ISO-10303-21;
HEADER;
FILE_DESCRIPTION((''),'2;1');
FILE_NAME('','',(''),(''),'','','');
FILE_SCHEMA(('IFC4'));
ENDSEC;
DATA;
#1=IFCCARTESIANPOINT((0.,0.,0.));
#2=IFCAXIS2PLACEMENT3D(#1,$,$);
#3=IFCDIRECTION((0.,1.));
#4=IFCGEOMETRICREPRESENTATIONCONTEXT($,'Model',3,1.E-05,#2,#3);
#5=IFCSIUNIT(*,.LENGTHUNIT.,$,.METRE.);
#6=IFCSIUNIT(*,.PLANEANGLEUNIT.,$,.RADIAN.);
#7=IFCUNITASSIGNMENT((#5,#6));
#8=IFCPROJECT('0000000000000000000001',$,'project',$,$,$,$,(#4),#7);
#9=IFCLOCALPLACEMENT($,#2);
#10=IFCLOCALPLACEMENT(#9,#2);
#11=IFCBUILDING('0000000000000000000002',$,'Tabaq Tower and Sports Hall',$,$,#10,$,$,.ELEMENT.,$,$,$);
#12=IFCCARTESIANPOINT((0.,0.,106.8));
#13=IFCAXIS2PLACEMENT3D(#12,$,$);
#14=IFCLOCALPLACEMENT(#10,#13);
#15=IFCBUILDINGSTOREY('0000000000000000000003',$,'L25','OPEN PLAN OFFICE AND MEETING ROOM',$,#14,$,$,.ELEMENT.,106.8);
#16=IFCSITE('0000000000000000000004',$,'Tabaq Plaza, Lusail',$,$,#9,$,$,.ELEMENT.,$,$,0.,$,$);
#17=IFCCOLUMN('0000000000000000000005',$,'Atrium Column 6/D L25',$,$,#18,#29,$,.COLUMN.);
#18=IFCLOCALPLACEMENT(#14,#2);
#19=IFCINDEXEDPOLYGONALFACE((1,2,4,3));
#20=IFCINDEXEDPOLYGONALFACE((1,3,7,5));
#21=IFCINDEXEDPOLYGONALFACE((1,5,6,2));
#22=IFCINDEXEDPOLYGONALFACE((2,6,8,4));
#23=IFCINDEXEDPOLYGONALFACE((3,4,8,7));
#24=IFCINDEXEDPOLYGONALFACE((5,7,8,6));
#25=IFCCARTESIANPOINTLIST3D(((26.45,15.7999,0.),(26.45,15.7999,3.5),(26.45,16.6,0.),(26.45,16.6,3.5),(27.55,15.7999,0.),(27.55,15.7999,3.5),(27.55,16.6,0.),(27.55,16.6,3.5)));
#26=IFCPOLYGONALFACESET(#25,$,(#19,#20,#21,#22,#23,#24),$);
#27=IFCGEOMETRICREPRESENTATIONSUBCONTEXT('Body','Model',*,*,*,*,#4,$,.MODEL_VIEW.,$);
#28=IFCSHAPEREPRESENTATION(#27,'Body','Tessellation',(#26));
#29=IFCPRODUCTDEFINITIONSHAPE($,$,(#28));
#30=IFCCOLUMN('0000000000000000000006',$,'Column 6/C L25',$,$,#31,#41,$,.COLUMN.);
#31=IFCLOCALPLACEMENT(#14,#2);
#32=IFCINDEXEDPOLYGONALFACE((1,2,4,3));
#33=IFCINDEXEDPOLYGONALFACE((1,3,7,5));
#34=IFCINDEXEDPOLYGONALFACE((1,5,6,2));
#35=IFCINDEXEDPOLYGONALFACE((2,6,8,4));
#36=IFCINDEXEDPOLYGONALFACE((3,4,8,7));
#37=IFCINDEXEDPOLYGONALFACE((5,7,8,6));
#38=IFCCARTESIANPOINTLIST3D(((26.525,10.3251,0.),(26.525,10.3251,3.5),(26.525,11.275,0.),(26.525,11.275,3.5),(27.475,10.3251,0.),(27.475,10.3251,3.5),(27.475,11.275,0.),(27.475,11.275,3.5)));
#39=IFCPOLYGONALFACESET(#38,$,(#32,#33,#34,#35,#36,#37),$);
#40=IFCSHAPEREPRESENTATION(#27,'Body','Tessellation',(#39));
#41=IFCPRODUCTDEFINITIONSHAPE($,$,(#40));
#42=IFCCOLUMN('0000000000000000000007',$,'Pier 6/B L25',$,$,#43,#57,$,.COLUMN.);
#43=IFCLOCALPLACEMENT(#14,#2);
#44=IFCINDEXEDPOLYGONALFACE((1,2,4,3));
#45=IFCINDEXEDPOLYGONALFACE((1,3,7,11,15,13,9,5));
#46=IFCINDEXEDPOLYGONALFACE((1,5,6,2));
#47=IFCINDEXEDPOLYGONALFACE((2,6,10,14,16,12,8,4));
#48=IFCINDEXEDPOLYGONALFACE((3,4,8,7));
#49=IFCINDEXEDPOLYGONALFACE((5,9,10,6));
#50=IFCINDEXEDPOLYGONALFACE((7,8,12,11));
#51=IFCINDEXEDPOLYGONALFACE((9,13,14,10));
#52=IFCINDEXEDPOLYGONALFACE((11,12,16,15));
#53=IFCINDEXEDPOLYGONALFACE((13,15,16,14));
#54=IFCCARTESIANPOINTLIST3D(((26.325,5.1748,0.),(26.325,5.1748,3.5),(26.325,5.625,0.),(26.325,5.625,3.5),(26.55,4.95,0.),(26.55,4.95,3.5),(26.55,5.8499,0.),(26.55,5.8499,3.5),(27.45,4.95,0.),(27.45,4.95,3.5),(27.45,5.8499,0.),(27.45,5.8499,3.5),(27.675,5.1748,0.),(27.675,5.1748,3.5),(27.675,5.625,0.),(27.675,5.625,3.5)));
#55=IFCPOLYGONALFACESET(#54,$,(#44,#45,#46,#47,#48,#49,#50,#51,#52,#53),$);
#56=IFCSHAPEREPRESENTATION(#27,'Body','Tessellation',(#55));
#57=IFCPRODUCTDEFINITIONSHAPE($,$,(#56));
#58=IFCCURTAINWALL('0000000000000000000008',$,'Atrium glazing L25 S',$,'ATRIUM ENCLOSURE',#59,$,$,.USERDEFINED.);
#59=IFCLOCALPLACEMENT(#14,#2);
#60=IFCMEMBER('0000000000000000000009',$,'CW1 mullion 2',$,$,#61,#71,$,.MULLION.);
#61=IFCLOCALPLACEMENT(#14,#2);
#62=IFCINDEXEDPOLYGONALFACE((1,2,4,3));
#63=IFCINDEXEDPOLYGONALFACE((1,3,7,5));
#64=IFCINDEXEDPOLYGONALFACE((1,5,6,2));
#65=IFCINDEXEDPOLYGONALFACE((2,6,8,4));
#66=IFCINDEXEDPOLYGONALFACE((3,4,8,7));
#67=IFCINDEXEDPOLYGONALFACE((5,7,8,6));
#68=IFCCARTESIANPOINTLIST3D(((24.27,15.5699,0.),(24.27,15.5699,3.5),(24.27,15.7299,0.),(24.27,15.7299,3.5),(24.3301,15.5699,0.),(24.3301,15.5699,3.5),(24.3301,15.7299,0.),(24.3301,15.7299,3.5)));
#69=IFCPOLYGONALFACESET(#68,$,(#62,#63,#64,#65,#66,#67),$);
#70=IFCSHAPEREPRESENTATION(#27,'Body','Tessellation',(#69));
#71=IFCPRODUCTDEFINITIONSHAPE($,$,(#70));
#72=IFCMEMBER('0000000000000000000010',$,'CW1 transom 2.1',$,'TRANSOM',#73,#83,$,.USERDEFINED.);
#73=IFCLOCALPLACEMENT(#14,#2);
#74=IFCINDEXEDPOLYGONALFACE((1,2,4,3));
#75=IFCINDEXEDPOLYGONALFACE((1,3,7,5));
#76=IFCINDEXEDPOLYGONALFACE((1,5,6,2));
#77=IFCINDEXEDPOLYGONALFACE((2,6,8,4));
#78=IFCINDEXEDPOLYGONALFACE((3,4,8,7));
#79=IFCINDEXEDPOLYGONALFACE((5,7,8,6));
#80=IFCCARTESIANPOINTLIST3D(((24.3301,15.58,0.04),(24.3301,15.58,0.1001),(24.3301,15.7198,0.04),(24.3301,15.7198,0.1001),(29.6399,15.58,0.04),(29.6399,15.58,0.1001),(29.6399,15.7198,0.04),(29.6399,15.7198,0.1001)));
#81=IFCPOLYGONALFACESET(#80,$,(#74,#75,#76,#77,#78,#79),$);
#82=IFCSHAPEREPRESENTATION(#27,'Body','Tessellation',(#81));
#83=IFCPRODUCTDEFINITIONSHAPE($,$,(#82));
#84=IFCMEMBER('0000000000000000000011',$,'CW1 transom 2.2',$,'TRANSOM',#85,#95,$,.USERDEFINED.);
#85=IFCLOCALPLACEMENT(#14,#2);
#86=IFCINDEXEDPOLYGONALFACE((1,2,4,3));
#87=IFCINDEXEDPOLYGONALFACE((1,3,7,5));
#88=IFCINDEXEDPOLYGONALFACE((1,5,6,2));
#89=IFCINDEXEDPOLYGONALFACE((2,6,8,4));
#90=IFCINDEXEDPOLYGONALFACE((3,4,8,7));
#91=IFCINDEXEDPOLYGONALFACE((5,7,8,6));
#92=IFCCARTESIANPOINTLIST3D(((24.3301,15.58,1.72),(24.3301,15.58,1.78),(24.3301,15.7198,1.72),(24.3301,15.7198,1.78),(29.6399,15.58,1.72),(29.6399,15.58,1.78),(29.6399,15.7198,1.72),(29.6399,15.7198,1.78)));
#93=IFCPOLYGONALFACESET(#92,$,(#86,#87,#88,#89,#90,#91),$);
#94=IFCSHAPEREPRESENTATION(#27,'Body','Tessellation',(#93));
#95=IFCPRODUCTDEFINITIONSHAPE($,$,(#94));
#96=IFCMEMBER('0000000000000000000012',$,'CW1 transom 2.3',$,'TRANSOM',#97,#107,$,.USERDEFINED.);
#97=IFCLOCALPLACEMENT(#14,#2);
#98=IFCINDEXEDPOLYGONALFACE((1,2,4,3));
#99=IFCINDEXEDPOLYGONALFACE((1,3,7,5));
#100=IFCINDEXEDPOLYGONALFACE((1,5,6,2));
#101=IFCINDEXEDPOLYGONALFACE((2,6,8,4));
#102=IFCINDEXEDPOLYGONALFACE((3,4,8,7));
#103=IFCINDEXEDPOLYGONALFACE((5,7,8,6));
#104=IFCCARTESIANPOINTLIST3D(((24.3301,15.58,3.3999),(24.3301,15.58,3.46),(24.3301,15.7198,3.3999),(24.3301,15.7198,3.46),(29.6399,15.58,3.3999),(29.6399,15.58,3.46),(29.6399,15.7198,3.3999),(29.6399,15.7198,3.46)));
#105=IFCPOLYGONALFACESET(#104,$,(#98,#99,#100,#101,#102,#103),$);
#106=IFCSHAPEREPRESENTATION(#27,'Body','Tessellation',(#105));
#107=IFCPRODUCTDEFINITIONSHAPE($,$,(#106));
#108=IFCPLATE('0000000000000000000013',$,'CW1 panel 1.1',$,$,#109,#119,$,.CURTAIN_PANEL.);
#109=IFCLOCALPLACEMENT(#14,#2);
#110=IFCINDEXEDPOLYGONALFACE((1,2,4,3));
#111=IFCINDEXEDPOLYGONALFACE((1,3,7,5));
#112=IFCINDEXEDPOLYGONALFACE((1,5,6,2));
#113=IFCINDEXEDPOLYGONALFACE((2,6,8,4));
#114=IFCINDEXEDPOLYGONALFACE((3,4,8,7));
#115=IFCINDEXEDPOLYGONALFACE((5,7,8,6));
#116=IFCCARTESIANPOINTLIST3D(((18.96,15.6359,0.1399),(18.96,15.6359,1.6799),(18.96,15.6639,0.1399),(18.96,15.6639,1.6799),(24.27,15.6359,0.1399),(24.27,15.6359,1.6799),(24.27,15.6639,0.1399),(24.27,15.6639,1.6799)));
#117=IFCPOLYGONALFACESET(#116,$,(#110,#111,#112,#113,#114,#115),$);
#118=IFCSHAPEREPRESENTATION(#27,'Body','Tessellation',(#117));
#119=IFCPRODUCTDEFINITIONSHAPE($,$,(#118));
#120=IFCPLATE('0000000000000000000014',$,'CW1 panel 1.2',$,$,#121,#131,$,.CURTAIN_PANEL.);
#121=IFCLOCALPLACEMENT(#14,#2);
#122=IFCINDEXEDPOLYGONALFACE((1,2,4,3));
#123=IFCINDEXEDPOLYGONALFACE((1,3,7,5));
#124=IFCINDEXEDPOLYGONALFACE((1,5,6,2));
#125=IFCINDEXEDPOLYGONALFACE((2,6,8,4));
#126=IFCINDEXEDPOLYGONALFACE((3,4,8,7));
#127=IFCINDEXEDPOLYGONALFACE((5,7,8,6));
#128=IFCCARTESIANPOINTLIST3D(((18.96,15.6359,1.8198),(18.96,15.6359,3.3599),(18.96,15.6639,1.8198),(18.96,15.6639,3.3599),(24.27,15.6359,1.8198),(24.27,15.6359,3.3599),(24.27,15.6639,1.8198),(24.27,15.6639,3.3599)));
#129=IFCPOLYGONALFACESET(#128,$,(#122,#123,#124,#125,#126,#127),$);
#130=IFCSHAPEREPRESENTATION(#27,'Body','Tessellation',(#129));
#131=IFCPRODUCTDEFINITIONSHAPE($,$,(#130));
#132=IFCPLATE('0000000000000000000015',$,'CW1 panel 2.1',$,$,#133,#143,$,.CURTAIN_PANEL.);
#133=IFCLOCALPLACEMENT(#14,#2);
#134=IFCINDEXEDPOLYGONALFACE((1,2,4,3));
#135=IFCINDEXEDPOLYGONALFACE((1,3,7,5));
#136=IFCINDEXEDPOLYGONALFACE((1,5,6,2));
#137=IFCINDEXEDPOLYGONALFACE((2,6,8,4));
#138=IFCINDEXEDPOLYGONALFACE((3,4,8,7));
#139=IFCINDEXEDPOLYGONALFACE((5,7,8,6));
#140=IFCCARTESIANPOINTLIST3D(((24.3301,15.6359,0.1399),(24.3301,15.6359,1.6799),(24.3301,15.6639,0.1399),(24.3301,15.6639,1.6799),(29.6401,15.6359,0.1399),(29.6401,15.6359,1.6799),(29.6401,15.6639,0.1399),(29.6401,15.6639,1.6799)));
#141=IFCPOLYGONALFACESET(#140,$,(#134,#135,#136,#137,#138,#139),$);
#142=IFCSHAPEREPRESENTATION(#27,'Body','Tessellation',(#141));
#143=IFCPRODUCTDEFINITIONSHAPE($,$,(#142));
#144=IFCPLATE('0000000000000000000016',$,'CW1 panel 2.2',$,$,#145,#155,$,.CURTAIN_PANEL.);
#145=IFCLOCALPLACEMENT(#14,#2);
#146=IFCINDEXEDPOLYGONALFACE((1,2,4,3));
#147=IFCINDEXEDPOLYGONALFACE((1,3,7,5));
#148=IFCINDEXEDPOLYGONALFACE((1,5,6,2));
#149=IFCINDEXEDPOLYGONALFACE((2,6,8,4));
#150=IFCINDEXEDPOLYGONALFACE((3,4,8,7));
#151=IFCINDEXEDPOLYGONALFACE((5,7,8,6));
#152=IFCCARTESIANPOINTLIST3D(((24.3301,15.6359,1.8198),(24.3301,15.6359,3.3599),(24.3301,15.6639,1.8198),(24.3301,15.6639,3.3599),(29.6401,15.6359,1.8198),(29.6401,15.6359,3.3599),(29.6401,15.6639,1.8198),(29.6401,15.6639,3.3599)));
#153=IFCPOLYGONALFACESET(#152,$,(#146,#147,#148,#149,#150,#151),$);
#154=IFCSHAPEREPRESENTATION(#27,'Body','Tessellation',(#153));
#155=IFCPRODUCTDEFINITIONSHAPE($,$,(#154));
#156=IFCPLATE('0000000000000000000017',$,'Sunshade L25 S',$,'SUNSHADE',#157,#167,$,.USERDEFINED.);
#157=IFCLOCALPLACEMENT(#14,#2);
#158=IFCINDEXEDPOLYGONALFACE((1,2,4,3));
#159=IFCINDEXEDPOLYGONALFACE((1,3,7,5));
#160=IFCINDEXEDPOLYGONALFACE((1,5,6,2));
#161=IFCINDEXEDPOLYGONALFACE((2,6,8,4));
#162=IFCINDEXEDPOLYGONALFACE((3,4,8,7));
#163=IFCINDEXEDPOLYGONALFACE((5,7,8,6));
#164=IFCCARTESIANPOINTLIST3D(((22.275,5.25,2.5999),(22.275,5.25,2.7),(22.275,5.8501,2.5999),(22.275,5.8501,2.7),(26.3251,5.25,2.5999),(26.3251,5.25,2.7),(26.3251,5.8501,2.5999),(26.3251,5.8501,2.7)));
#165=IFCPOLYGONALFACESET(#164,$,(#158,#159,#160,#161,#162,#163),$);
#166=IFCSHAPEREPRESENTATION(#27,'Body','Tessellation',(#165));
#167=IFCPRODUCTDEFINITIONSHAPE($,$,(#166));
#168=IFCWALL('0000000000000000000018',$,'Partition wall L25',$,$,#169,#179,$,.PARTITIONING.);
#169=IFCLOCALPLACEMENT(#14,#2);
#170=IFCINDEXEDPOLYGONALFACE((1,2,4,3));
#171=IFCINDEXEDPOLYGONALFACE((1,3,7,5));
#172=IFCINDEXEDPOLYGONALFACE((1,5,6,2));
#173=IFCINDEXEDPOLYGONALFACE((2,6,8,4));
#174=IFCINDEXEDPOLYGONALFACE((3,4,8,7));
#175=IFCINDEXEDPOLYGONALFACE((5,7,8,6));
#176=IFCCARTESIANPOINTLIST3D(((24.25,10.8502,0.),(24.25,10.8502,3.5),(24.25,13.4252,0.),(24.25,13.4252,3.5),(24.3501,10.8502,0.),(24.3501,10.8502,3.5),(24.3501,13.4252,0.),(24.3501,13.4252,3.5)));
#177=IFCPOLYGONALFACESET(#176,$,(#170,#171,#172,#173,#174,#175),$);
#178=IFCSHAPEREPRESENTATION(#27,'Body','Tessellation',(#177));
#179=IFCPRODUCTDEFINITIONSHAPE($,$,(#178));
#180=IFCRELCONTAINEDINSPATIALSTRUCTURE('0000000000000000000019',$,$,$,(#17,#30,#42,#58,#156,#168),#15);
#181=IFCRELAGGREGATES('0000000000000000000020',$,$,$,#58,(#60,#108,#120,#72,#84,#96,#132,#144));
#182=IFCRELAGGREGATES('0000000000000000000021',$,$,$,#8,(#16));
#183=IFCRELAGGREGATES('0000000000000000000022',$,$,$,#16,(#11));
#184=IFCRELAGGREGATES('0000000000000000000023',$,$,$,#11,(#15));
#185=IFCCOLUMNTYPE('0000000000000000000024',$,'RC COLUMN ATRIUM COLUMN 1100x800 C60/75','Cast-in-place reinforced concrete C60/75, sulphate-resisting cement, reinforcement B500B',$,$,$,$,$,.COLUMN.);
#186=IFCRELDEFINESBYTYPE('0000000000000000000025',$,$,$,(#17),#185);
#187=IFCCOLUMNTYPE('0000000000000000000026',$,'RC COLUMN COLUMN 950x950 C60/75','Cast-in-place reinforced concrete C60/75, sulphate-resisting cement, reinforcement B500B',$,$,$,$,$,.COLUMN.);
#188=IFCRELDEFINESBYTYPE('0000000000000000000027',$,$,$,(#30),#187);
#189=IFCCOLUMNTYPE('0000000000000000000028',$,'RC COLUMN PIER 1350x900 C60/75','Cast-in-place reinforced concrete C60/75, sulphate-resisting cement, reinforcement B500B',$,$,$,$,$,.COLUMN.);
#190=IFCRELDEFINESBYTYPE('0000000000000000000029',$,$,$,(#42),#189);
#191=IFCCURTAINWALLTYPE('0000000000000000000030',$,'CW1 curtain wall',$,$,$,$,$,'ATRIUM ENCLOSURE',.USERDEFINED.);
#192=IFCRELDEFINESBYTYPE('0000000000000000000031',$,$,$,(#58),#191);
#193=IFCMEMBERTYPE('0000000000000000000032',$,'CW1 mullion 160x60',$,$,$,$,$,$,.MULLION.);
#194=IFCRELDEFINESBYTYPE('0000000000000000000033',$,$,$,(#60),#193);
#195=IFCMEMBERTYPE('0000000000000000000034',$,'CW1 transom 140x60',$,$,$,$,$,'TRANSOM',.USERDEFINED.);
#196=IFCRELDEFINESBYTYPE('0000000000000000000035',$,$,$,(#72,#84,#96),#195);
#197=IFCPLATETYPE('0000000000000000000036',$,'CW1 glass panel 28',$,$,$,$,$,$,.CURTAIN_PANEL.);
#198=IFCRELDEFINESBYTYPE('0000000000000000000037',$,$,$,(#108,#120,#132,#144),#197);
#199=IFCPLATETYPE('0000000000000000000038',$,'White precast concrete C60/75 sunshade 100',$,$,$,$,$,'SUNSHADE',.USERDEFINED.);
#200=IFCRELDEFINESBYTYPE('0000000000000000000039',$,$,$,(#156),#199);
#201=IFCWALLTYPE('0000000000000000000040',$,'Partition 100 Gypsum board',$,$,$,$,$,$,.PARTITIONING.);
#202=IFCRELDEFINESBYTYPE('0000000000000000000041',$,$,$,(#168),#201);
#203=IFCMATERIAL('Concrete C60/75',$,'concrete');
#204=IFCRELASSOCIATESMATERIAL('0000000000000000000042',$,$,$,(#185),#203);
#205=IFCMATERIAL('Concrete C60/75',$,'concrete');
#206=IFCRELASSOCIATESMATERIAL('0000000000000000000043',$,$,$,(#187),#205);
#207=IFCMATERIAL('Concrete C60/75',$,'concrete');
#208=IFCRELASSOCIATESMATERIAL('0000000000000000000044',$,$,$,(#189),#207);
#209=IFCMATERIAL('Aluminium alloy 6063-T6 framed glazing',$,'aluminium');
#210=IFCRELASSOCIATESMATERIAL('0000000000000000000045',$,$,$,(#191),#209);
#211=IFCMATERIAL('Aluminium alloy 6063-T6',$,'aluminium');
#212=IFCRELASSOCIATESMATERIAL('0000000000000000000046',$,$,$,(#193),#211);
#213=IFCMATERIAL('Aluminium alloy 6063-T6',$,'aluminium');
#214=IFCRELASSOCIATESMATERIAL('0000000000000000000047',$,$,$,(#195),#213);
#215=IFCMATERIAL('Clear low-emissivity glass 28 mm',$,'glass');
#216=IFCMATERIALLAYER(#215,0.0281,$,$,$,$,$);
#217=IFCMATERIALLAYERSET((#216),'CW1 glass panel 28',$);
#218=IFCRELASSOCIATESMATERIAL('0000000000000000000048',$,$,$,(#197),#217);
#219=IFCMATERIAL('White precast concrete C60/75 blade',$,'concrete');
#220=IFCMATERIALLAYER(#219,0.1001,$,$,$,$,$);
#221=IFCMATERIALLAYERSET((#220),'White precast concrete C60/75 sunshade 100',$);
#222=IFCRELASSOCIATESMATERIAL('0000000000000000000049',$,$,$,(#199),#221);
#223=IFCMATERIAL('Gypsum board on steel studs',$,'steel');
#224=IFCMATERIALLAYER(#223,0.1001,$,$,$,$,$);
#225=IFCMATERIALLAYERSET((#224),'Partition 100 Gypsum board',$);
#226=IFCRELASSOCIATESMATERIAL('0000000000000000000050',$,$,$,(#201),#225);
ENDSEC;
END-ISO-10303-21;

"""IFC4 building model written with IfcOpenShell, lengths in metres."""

from ifc_helpers import new_model, si_unit, direction, frame, frame_2d, origin, origin_2d, place, context, subcontext, project, spatial, polyline, rectangle, outline, extrude, material, layer, layer_set, material_profile, profile_set, type_object, element, aggregate, save


model = new_model("IFC4")

# Units and contexts
model_context = context("Model", 3, precision=1e-05, world=origin(), true_north=direction((0.0, 1.0)))
body_context = subcontext(model_context, "Body", "Model", "MODEL_VIEW")
ifc_project = project(units=[si_unit("LENGTHUNIT", "METRE"), si_unit("PLANEANGLEUNIT", "RADIAN")], contexts=[model_context])

# Site, building, storey
site_placement = place(None, origin())
site = spatial("IfcSite", under=ifc_project, at=site_placement, Name="Tabaq Plaza, Lusail", CompositionType="ELEMENT", RefElevation=0.0)
building_placement = place(site_placement, origin())
building = spatial("IfcBuilding", under=site, at=building_placement, Name="Tabaq Tower and Sports Hall", CompositionType="ELEMENT")
storey_placement = place(building_placement, frame((0.0, 0.0, 106.8)))
storey = spatial("IfcBuildingStorey", under=building, at=storey_placement, Name="L25", Description="OPEN PLAN OFFICE AND MEETING ROOM", CompositionType="ELEMENT", Elevation=106.8)

# Columns
ifc_material_1 = material(Name="Concrete C60/75", Category="concrete")
ifc_material_profile_1 = material_profile(ifc_material_1, rectangle(XDim=1.1001, YDim=0.8, at=origin_2d()), Name="ATRIUM COLUMN 1100x800")
ifc_profile_set_1 = profile_set([ifc_material_profile_1], Name="Concrete C60/75")
column_type_1 = type_object("IfcColumnType", Name="RC COLUMN ATRIUM COLUMN 1100x800 C60/75", Description="Cast-in-place reinforced concrete C60/75, sulphate-resisting cement, reinforcement B500B", PredefinedType="COLUMN", material=ifc_profile_set_1)
column_1_placement = place(storey_placement, frame((27.0, 16.2, 0.0), z_axis=(0.0, 0.0, 1.0), x_axis=(1.0, 0.0, 0.0)))
element("IfcColumn", 1, at=column_1_placement, inside=storey, type_object=column_type_1, Name="Atrium Column 6/D L25", PredefinedType="COLUMN", context=body_context, shape_type="SweptSolid", body=[
    extrude(rectangle(XDim=1.1001, YDim=0.8, at=origin_2d()), origin(), (0.0, 0.0, 1.0), 3.5),
])
ifc_material_2 = material(Name="Concrete C60/75", Category="concrete")
ifc_material_profile_2 = material_profile(ifc_material_2, rectangle(XDim=0.95, YDim=0.95, at=origin_2d()), Name="COLUMN 950x950")
ifc_profile_set_2 = profile_set([ifc_material_profile_2], Name="Concrete C60/75")
column_type_2 = type_object("IfcColumnType", Name="RC COLUMN COLUMN 950x950 C60/75", Description="Cast-in-place reinforced concrete C60/75, sulphate-resisting cement, reinforcement B500B", PredefinedType="COLUMN", material=ifc_profile_set_2)
column_2_placement = place(storey_placement, frame((27.0, 10.8, 0.0), z_axis=(0.0, 0.0, 1.0), x_axis=(1.0, 0.0, 0.0)))
element("IfcColumn", 2, at=column_2_placement, inside=storey, type_object=column_type_2, Name="Column 6/C L25", PredefinedType="COLUMN", context=body_context, shape_type="SweptSolid", body=[
    extrude(rectangle(XDim=0.95, YDim=0.95, at=origin_2d()), origin(), (0.0, 0.0, 1.0), 3.5),
])
ifc_material_3 = material(Name="Concrete C60/75", Category="concrete")
ifc_material_profile_3 = material_profile(ifc_material_3, outline(polyline([(-0.45, -0.45), (0.45, -0.45), (0.675, -0.2251), (0.675, 0.2251), (0.45, 0.45), (-0.45, 0.45), (-0.675, 0.2251), (-0.675, -0.2251), (-0.45, -0.45)])), Name="PIER 1350x900")
ifc_profile_set_3 = profile_set([ifc_material_profile_3], Name="Concrete C60/75")
column_type_3 = type_object("IfcColumnType", Name="RC COLUMN PIER 1350x900 C60/75", Description="Cast-in-place reinforced concrete C60/75, sulphate-resisting cement, reinforcement B500B", PredefinedType="COLUMN", material=ifc_profile_set_3)
column_3_placement = place(storey_placement, frame((27.0, 5.3999, 0.0), z_axis=(0.0, 0.0, 1.0), x_axis=(1.0, 0.0, 0.0)))
element("IfcColumn", 3, at=column_3_placement, inside=storey, type_object=column_type_3, Name="Pier 6/B L25", PredefinedType="COLUMN", context=body_context, shape_type="SweptSolid", body=[
    extrude(outline(polyline([(-0.45, -0.45), (0.45, -0.45), (0.675, -0.2251), (0.675, 0.2251), (0.45, 0.45), (-0.45, 0.45), (-0.675, 0.2251), (-0.675, -0.2251), (-0.45, -0.45)])), origin(), (0.0, 0.0, 1.0), 3.5),
])

# Curtain wall, members, plates
ifc_material_4 = material(Name="Aluminium alloy 6063-T6 framed glazing", Category="aluminium")
curtain_wall_type = type_object("IfcCurtainWallType", Name="CW1 curtain wall", ElementType="ATRIUM ENCLOSURE", PredefinedType="USERDEFINED", material=ifc_material_4)
curtain_wall_placement = place(storey_placement, origin())
curtain_wall = element("IfcCurtainWall", 4, at=curtain_wall_placement, inside=storey, type_object=curtain_wall_type, Name="Atrium glazing L25 S", ObjectType="ATRIUM ENCLOSURE", PredefinedType="USERDEFINED")
ifc_material_5 = material(Name="Aluminium alloy 6063-T6", Category="aluminium")
ifc_material_profile_4 = material_profile(ifc_material_5, rectangle(XDim=0.1599, YDim=0.0601, at=origin_2d()), Name="MULLION 160x60")
ifc_profile_set_4 = profile_set([ifc_material_profile_4], Name="Aluminium alloy 6063-T6")
member_type_1 = type_object("IfcMemberType", Name="CW1 mullion 160x60", PredefinedType="MULLION", material=ifc_profile_set_4)
member_1_placement = place(storey_placement, frame((24.3, 15.6499, 0.0), z_axis=(0.0, 0.0, 1.0), x_axis=(0.0, 1.0, 0.0)))
member_1 = element("IfcMember", 5, at=member_1_placement, type_object=member_type_1, Name="CW1 mullion 2", PredefinedType="MULLION", context=body_context, shape_type="SweptSolid", body=[
    extrude(rectangle(XDim=0.1599, YDim=0.0601, at=origin_2d()), origin(), (0.0, 0.0, 1.0), 3.5),
])
ifc_material_6 = material(Name="Aluminium alloy 6063-T6", Category="aluminium")
ifc_material_profile_5 = material_profile(ifc_material_6, rectangle(XDim=0.1399, YDim=0.0601, at=origin_2d()), Name="TRANSOM 140x60")
ifc_profile_set_5 = profile_set([ifc_material_profile_5], Name="Aluminium alloy 6063-T6")
member_type_2 = type_object("IfcMemberType", Name="CW1 transom 140x60", ElementType="TRANSOM", PredefinedType="USERDEFINED", material=ifc_profile_set_5)
member_2_placement = place(storey_placement, frame((24.3301, 15.6499, 0.0701), z_axis=(1.0, 0.0, 0.0), x_axis=(0.0, 1.0, 0.0)))
member_2 = element("IfcMember", 6, at=member_2_placement, type_object=member_type_2, Name="CW1 transom 2.1", ObjectType="TRANSOM", PredefinedType="USERDEFINED", context=body_context, shape_type="SweptSolid", body=[
    extrude(rectangle(XDim=0.1399, YDim=0.0601, at=origin_2d()), origin(), (0.0, 0.0, 1.0), 5.3098),
])
member_3_placement = place(storey_placement, frame((24.3301, 15.6499, 1.75), z_axis=(1.0, 0.0, 0.0), x_axis=(0.0, 1.0, 0.0)))
member_3 = element("IfcMember", 7, at=member_3_placement, type_object=member_type_2, Name="CW1 transom 2.2", ObjectType="TRANSOM", PredefinedType="USERDEFINED", context=body_context, shape_type="SweptSolid", body=[
    extrude(rectangle(XDim=0.1399, YDim=0.0601, at=origin_2d()), origin(), (0.0, 0.0, 1.0), 5.3098),
])
member_4_placement = place(storey_placement, frame((24.3301, 15.6499, 3.4299), z_axis=(1.0, 0.0, 0.0), x_axis=(0.0, 1.0, 0.0)))
member_4 = element("IfcMember", 8, at=member_4_placement, type_object=member_type_2, Name="CW1 transom 2.3", ObjectType="TRANSOM", PredefinedType="USERDEFINED", context=body_context, shape_type="SweptSolid", body=[
    extrude(rectangle(XDim=0.1399, YDim=0.0601, at=origin_2d()), origin(), (0.0, 0.0, 1.0), 5.3098),
])
ifc_material_7 = material(Name="Clear low-emissivity glass 28 mm", Category="glass")
ifc_layer_1 = layer(ifc_material_7, 0.0281)
ifc_layer_set_1 = layer_set([ifc_layer_1], Name="CW1 glass panel 28")
plate_type_1 = type_object("IfcPlateType", Name="CW1 glass panel 28", PredefinedType="CURTAIN_PANEL", material=ifc_layer_set_1)
plate_1_placement = place(storey_placement, frame((21.615, 15.6499, 0.1399), z_axis=(0.0, 0.0, 1.0), x_axis=(1.0, 0.0, 0.0)))
plate_1 = element("IfcPlate", 9, at=plate_1_placement, type_object=plate_type_1, Name="CW1 panel 1.1", PredefinedType="CURTAIN_PANEL", context=body_context, shape_type="SweptSolid", body=[
    extrude(rectangle(XDim=5.3101, YDim=0.0281, at=origin_2d()), origin(), (0.0, 0.0, 1.0), 1.54),
])
plate_2_placement = place(storey_placement, frame((21.615, 15.6499, 1.8198), z_axis=(0.0, 0.0, 1.0), x_axis=(1.0, 0.0, 0.0)))
plate_2 = element("IfcPlate", 10, at=plate_2_placement, type_object=plate_type_1, Name="CW1 panel 1.2", PredefinedType="CURTAIN_PANEL", context=body_context, shape_type="SweptSolid", body=[
    extrude(rectangle(XDim=5.3101, YDim=0.0281, at=origin_2d()), origin(), (0.0, 0.0, 1.0), 1.54),
])
plate_3_placement = place(storey_placement, frame((26.9851, 15.6499, 0.1399), z_axis=(0.0, 0.0, 1.0), x_axis=(1.0, 0.0, 0.0)))
plate_3 = element("IfcPlate", 11, at=plate_3_placement, type_object=plate_type_1, Name="CW1 panel 2.1", PredefinedType="CURTAIN_PANEL", context=body_context, shape_type="SweptSolid", body=[
    extrude(rectangle(XDim=5.3101, YDim=0.0281, at=origin_2d()), origin(), (0.0, 0.0, 1.0), 1.54),
])
plate_4_placement = place(storey_placement, frame((26.9851, 15.6499, 1.8198), z_axis=(0.0, 0.0, 1.0), x_axis=(1.0, 0.0, 0.0)))
plate_4 = element("IfcPlate", 12, at=plate_4_placement, type_object=plate_type_1, Name="CW1 panel 2.2", PredefinedType="CURTAIN_PANEL", context=body_context, shape_type="SweptSolid", body=[
    extrude(rectangle(XDim=5.3101, YDim=0.0281, at=origin_2d()), origin(), (0.0, 0.0, 1.0), 1.54),
])
aggregate(curtain_wall, [member_1, plate_1, plate_2, member_2, member_3, member_4, plate_3, plate_4])

# Plate
ifc_material_8 = material(Name="White precast concrete C60/75 blade", Category="concrete")
ifc_layer_2 = layer(ifc_material_8, 0.1001)
ifc_layer_set_2 = layer_set([ifc_layer_2], Name="White precast concrete C60/75 sunshade 100")
plate_type_2 = type_object("IfcPlateType", Name="White precast concrete C60/75 sunshade 100", ElementType="SUNSHADE", PredefinedType="USERDEFINED", material=ifc_layer_set_2)
plate_5_placement = place(storey_placement, frame((24.3, 5.55, 2.5999), z_axis=(0.0, 0.0, 1.0), x_axis=(1.0, 0.0, 0.0)))
element("IfcPlate", 13, at=plate_5_placement, inside=storey, type_object=plate_type_2, Name="Sunshade L25 S", ObjectType="SUNSHADE", PredefinedType="USERDEFINED", context=body_context, shape_type="SweptSolid", body=[
    extrude(rectangle(XDim=4.05, YDim=0.6001, at=origin_2d()), origin(), (0.0, 0.0, 1.0), 0.1001),
])

# Wall
ifc_material_9 = material(Name="Gypsum board on steel studs", Category="steel")
ifc_layer_3 = layer(ifc_material_9, 0.1001)
ifc_layer_set_3 = layer_set([ifc_layer_3], Name="Partition 100 Gypsum board")
wall_type = type_object("IfcWallType", Name="Partition 100 Gypsum board", PredefinedType="PARTITIONING", material=ifc_layer_set_3)
wall_1_placement = place(storey_placement, frame((24.3, 10.8501, 0.0), z_axis=(0.0, 0.0, 1.0), x_axis=(0.0, 1.0, 0.0)))
element("IfcWall", 14, at=wall_1_placement, inside=storey, type_object=wall_type, Name="Partition wall L25", PredefinedType="PARTITIONING", context=body_context, shape_type="SweptSolid", body=[
    extrude(rectangle(XDim=2.575, YDim=0.1001, at=frame_2d((1.2876, 0.0))), origin(), (0.0, 0.0, 1.0), 3.5),
])

save(model, "model.ifc")
